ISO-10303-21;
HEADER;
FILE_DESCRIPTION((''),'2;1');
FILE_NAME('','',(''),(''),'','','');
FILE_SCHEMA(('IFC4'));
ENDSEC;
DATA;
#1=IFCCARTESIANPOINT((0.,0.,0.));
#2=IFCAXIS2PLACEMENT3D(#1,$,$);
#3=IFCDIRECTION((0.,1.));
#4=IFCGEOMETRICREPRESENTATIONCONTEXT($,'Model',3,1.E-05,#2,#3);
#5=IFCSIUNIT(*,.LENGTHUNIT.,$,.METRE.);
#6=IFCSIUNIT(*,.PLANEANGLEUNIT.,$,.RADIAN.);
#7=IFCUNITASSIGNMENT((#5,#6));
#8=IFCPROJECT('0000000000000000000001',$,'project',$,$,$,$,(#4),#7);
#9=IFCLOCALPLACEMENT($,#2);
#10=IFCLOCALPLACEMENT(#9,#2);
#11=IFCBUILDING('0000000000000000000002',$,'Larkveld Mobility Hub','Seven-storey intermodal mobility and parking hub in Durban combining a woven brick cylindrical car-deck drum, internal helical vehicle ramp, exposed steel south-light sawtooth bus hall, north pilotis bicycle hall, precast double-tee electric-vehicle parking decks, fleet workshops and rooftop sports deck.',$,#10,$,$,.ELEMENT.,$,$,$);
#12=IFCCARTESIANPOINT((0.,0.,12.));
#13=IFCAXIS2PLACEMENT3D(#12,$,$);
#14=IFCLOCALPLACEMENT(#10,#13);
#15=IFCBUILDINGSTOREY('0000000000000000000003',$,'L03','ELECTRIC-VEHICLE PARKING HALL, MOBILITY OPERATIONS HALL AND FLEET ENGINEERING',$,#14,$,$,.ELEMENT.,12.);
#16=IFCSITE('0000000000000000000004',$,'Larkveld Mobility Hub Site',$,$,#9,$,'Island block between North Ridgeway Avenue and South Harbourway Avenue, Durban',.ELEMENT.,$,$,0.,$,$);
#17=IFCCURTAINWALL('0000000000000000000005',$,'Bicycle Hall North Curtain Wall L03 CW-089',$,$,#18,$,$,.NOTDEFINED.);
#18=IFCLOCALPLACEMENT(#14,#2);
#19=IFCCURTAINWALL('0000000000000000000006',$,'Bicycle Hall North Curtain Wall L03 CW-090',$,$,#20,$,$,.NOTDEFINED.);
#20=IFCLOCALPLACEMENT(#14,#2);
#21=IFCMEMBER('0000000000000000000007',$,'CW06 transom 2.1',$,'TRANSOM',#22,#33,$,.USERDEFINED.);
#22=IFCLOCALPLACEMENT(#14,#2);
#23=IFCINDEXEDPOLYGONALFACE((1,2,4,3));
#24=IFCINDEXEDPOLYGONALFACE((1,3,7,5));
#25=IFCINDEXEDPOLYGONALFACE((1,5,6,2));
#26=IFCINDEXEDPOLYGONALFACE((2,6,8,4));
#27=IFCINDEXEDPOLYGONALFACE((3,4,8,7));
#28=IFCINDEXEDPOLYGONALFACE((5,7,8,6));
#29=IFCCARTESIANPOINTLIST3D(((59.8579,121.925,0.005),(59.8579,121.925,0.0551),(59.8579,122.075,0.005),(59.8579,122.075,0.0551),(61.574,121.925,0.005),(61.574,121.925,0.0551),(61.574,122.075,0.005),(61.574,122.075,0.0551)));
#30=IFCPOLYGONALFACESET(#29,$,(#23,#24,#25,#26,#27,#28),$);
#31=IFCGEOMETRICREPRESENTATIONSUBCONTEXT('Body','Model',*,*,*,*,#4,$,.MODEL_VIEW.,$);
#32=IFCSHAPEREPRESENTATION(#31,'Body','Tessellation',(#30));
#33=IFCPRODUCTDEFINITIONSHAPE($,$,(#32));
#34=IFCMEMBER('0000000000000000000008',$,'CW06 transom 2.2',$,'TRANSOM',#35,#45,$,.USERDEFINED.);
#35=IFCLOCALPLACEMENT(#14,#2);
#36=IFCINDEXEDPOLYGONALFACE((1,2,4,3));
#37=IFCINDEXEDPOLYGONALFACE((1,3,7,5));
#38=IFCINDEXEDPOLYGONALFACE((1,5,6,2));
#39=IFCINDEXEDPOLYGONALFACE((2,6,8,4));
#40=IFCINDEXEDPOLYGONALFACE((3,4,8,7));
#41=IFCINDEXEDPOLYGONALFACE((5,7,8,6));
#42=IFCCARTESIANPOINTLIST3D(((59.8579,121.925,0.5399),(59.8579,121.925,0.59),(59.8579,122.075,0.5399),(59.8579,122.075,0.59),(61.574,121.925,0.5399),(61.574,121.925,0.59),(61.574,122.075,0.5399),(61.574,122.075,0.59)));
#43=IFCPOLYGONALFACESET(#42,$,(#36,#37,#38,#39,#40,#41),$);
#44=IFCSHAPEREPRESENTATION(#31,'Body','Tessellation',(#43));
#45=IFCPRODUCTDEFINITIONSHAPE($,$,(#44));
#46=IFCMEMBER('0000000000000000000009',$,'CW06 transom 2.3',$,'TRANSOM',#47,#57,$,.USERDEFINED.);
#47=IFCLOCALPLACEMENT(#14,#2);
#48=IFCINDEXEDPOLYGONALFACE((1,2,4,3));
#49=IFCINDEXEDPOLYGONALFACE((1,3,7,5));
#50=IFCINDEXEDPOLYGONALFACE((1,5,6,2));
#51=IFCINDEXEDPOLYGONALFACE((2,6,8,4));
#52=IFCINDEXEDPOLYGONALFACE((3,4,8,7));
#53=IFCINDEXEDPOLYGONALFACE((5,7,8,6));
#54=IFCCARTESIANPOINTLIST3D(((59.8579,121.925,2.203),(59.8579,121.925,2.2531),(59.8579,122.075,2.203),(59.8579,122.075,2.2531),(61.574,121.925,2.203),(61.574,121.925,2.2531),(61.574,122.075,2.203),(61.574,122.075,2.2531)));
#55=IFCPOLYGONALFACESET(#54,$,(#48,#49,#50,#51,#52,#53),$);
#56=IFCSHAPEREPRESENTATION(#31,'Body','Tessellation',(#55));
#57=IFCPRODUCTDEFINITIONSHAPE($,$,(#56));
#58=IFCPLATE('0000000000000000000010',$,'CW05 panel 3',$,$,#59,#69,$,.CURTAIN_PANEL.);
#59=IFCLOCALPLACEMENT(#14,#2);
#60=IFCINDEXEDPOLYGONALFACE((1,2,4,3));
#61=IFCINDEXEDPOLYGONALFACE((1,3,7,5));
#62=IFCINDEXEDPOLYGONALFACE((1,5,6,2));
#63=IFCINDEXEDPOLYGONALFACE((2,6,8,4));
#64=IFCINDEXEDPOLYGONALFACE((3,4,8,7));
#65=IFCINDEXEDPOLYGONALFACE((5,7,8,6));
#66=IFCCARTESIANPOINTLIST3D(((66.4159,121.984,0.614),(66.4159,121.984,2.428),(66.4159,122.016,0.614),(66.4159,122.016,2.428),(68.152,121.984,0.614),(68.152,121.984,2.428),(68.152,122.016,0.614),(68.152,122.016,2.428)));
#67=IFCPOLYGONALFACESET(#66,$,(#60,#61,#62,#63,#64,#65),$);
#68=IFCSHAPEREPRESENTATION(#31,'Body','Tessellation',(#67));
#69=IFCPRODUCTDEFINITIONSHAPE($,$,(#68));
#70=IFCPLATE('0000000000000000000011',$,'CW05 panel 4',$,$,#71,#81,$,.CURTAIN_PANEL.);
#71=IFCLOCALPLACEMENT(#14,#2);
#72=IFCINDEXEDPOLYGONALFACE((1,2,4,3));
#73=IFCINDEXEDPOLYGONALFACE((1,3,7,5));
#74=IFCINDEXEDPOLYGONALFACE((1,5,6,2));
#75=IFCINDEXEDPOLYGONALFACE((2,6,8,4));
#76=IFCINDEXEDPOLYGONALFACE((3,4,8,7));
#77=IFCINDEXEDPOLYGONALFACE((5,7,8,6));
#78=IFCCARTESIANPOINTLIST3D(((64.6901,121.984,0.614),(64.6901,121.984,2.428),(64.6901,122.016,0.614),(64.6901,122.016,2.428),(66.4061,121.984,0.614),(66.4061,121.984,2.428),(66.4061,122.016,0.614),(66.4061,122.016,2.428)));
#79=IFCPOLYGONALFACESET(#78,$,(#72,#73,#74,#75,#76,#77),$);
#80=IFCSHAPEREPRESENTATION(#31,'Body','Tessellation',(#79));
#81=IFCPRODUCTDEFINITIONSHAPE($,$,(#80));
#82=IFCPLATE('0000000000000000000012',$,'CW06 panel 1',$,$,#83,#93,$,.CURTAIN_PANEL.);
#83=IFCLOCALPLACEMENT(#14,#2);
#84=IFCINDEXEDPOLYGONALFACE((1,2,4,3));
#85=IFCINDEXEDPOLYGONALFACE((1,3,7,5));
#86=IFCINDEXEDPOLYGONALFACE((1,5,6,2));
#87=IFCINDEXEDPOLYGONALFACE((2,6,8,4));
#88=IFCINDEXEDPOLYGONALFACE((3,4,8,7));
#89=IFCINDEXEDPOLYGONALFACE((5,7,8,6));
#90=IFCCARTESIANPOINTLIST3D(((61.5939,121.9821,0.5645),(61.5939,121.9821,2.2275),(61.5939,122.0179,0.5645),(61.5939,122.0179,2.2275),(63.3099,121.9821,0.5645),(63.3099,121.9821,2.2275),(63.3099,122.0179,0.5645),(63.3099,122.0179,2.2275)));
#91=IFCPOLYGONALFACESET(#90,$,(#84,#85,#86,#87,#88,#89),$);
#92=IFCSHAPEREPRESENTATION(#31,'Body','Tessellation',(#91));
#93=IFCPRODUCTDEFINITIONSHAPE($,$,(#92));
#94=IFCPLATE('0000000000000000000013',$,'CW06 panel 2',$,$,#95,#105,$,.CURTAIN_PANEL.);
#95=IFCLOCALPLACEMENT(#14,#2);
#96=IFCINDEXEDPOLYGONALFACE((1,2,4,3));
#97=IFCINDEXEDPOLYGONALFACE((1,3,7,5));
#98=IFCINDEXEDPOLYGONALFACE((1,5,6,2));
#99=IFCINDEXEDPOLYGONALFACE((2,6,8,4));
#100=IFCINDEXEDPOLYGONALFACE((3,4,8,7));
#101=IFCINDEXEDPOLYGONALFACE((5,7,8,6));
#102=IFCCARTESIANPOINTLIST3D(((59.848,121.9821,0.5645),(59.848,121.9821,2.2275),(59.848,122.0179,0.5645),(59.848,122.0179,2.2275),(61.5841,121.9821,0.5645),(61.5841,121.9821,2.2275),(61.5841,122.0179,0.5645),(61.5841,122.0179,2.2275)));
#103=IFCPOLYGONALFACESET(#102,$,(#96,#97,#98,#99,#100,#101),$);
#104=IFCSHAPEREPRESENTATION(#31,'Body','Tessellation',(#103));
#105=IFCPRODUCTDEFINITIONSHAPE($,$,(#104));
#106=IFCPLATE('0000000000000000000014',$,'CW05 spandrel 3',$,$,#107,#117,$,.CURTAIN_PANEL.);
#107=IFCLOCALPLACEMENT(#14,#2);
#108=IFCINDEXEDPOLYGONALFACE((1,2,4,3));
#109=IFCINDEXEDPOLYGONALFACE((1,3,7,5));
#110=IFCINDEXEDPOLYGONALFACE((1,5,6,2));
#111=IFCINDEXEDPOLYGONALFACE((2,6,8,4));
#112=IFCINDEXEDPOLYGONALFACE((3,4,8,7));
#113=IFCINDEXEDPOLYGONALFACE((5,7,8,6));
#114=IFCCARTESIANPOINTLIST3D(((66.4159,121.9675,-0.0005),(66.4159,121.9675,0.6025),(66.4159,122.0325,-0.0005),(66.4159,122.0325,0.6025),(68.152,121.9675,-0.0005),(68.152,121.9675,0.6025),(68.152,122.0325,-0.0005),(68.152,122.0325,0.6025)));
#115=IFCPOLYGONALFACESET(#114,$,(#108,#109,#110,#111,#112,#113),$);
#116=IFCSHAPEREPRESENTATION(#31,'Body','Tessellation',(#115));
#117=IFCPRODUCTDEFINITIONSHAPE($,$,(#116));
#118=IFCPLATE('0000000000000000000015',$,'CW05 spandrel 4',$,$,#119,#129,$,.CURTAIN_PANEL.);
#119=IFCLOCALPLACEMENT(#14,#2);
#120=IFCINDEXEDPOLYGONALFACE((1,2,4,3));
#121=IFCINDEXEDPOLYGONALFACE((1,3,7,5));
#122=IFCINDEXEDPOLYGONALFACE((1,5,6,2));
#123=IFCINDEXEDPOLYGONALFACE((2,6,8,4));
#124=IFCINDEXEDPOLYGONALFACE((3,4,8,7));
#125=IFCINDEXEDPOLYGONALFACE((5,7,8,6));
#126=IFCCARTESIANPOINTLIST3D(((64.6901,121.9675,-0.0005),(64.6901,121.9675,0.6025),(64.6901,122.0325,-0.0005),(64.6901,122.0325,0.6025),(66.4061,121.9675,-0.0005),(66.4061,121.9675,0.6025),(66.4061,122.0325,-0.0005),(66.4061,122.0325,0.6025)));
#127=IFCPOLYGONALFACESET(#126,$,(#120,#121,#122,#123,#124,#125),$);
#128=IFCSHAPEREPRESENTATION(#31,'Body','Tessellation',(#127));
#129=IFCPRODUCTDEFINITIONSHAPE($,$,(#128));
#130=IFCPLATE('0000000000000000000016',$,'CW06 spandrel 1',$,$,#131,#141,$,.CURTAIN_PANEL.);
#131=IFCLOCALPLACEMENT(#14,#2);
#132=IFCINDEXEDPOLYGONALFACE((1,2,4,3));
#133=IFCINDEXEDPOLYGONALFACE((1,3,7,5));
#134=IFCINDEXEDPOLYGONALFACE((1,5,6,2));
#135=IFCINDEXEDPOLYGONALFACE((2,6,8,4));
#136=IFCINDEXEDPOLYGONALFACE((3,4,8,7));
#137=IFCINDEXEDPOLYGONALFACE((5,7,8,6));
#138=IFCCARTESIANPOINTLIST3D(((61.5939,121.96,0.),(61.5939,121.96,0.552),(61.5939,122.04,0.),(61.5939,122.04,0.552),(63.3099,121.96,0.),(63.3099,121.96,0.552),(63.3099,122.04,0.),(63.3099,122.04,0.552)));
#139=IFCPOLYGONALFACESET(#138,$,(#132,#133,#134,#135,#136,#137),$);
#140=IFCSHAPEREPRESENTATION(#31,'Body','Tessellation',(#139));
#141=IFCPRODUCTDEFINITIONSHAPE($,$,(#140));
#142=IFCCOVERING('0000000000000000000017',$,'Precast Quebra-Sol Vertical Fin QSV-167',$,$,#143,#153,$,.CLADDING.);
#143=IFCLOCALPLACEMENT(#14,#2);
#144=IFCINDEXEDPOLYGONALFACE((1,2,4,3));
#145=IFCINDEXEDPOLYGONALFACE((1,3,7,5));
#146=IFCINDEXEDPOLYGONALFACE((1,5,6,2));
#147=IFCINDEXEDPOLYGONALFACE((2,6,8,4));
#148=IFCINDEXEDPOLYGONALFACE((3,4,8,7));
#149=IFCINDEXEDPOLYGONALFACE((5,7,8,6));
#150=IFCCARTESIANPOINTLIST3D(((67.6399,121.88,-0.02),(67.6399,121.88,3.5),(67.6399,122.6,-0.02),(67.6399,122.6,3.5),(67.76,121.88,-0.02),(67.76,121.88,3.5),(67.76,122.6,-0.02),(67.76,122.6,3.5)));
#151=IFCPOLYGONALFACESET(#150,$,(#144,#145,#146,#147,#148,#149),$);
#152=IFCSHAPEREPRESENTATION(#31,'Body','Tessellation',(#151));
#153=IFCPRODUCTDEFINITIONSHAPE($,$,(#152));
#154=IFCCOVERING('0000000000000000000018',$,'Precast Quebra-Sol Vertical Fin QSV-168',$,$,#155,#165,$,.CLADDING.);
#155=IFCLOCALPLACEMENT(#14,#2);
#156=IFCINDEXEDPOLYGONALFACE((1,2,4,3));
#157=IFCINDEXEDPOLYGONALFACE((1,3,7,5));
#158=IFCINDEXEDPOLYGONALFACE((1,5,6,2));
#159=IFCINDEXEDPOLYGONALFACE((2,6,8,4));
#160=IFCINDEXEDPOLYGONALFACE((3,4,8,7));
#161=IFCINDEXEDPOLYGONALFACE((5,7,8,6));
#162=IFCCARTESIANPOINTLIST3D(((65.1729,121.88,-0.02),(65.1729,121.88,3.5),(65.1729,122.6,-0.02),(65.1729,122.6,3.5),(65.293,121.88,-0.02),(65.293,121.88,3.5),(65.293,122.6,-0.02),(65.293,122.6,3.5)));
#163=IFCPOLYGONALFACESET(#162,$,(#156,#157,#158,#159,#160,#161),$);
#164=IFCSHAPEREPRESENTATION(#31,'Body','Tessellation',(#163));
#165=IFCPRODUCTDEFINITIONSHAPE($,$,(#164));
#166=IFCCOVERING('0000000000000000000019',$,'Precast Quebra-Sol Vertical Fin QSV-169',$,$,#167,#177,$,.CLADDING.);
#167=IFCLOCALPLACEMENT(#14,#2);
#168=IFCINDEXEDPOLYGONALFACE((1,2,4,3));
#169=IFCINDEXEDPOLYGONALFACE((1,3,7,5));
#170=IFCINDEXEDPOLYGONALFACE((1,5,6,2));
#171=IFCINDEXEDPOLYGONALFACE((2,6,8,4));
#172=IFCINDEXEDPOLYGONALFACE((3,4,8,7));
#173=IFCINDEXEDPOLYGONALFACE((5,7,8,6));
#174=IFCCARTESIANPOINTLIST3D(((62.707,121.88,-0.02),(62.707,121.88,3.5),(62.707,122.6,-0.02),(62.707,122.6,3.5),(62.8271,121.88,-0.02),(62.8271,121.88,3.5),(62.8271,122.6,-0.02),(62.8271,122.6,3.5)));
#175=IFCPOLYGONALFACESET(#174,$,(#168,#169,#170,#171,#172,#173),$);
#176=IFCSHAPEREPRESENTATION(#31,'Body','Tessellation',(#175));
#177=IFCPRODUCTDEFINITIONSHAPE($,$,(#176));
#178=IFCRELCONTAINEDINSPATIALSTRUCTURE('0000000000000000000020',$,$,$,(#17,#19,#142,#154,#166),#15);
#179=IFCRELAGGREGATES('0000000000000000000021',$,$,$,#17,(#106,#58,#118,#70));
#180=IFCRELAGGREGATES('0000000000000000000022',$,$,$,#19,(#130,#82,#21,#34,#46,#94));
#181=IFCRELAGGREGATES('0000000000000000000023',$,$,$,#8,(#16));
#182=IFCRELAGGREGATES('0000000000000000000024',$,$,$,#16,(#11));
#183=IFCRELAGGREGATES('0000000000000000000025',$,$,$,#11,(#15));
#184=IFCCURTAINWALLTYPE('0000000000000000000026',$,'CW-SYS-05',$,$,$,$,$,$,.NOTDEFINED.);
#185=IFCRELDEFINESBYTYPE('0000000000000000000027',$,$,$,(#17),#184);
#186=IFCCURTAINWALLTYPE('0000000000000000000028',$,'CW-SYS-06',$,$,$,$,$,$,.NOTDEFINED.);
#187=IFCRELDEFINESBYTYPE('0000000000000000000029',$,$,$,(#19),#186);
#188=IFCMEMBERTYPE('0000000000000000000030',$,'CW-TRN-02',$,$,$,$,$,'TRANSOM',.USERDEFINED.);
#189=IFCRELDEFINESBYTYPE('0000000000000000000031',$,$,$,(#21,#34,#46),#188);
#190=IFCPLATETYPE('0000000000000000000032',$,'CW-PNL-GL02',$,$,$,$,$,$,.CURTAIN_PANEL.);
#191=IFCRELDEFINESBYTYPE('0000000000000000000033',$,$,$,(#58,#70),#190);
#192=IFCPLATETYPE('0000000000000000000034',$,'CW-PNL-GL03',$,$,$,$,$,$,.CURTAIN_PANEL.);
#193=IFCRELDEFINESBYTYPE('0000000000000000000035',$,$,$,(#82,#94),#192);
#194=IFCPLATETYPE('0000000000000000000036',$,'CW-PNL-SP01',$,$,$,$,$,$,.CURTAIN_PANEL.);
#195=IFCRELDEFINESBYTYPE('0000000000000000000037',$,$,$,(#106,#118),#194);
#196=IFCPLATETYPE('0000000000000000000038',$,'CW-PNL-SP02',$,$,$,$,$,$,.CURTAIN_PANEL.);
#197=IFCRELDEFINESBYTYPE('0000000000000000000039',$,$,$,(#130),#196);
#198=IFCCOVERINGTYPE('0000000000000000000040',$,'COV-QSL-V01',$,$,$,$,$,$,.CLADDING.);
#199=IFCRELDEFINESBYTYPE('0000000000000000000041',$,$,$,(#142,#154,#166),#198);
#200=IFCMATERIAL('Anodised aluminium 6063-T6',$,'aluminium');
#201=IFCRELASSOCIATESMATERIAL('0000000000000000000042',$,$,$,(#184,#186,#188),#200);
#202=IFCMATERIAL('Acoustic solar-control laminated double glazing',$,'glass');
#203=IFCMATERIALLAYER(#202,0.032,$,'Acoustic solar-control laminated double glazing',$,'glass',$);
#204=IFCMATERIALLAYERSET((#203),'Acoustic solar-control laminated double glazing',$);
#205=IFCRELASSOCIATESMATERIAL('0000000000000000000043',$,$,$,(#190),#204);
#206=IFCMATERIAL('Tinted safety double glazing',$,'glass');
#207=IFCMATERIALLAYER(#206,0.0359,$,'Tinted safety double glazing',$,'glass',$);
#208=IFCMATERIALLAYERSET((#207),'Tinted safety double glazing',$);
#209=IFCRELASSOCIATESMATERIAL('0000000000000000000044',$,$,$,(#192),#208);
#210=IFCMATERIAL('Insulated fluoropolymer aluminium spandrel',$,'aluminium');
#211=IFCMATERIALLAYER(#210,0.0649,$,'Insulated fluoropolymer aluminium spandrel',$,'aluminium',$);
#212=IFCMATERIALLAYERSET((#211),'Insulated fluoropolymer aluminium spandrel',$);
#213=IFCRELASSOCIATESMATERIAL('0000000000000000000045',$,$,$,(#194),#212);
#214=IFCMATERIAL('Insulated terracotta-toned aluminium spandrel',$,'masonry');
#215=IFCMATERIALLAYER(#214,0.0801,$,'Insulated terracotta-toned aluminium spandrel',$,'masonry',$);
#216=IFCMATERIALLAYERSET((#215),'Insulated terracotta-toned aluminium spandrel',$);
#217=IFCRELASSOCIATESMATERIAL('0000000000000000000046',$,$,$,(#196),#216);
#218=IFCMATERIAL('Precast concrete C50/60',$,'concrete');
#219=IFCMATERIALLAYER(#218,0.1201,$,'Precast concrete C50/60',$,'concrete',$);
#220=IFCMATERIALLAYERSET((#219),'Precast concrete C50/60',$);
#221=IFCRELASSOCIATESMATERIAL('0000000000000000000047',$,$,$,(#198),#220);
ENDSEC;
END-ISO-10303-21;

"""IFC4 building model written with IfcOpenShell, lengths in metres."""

from ifc_helpers import new_model, si_unit, direction, frame, origin, origin_2d, place, context, subcontext, project, spatial, rectangle, extrude, material, layer, layer_set, material_profile, profile_set, type_object, element, aggregate, save


model = new_model("IFC4")

# Units and contexts
model_context = context("Model", 3, precision=1e-05, world=origin(), true_north=direction((0.0, 1.0)))
body_context = subcontext(model_context, "Body", "Model", "MODEL_VIEW")
ifc_project = project(units=[si_unit("LENGTHUNIT", "METRE"), si_unit("PLANEANGLEUNIT", "RADIAN")], contexts=[model_context])

# Site, building, storey
site_placement = place(None, origin())
site = spatial("IfcSite", under=ifc_project, at=site_placement, Name="Larkveld Mobility Hub Site", LongName="Island block between North Ridgeway Avenue and South Harbourway Avenue, Durban", CompositionType="ELEMENT", RefElevation=0.0)
building_placement = place(site_placement, origin())
building = spatial("IfcBuilding", under=site, at=building_placement, Name="Larkveld Mobility Hub", Description="Seven-storey intermodal mobility and parking hub in Durban combining a woven brick cylindrical car-deck drum, internal helical vehicle ramp, exposed steel south-light sawtooth bus hall, north pilotis bicycle hall, precast double-tee electric-vehicle parking decks, fleet workshops and rooftop sports deck.", CompositionType="ELEMENT")
storey_placement = place(building_placement, frame((0.0, 0.0, 12.0)))
storey = spatial("IfcBuildingStorey", under=building, at=storey_placement, Name="L03", Description="ELECTRIC-VEHICLE PARKING HALL, MOBILITY OPERATIONS HALL AND FLEET ENGINEERING", CompositionType="ELEMENT", Elevation=12.0)

# Curtain walls
ifc_material_1 = material(Name="Anodised aluminium 6063-T6", Category="aluminium")
curtain_wall_type_1 = type_object("IfcCurtainWallType", Name="CW-SYS-05", PredefinedType="NOTDEFINED", material=ifc_material_1)
curtain_wall_1_placement = place(storey_placement, origin())
curtain_wall_1 = element("IfcCurtainWall", 1, at=curtain_wall_1_placement, inside=storey, type_object=curtain_wall_type_1, Name="Bicycle Hall North Curtain Wall L03 CW-089", PredefinedType="NOTDEFINED")
curtain_wall_type_2 = type_object("IfcCurtainWallType", Name="CW-SYS-06", PredefinedType="NOTDEFINED", material=ifc_material_1)
curtain_wall_2_placement = place(storey_placement, origin())
curtain_wall_2 = element("IfcCurtainWall", 2, at=curtain_wall_2_placement, inside=storey, type_object=curtain_wall_type_2, Name="Bicycle Hall North Curtain Wall L03 CW-090", PredefinedType="NOTDEFINED")

# Members
ifc_material_profile_1 = material_profile(ifc_material_1, rectangle(XDim=0.1499, YDim=0.05, at=origin_2d()), Name="ALU TRAN 50x150")
ifc_profile_set_1 = profile_set([ifc_material_profile_1], Name="Anodised aluminium 6063-T6")
member_type_1 = type_object("IfcMemberType", Name="CW-TRN-02", ElementType="TRANSOM", PredefinedType="USERDEFINED", material=ifc_profile_set_1)
member_1_placement = place(storey_placement, frame((61.574, 122.0, 0.03), z_axis=(-1.0, 0.0, 0.0), x_axis=(0.0, -1.0, 0.0)))
member_1 = element("IfcMember", 3, at=member_1_placement, type_object=member_type_1, Name="CW06 transom 2.1", ObjectType="TRANSOM", PredefinedType="USERDEFINED", context=body_context, shape_type="SweptSolid", body=[
    extrude(rectangle(XDim=0.1499, YDim=0.05, at=origin_2d()), origin(), (0.0, 0.0, 1.0), 1.7161),
])
member_2_placement = place(storey_placement, frame((61.574, 122.0, 0.5649), z_axis=(-1.0, 0.0, 0.0), x_axis=(0.0, -1.0, 0.0)))
member_2 = element("IfcMember", 4, at=member_2_placement, type_object=member_type_1, Name="CW06 transom 2.2", ObjectType="TRANSOM", PredefinedType="USERDEFINED", context=body_context, shape_type="SweptSolid", body=[
    extrude(rectangle(XDim=0.1499, YDim=0.05, at=origin_2d()), origin(), (0.0, 0.0, 1.0), 1.7161),
])
member_3_placement = place(storey_placement, frame((61.574, 122.0, 2.228), z_axis=(-1.0, 0.0, 0.0), x_axis=(0.0, -1.0, 0.0)))
member_3 = element("IfcMember", 5, at=member_3_placement, type_object=member_type_1, Name="CW06 transom 2.3", ObjectType="TRANSOM", PredefinedType="USERDEFINED", context=body_context, shape_type="SweptSolid", body=[
    extrude(rectangle(XDim=0.1499, YDim=0.05, at=origin_2d()), origin(), (0.0, 0.0, 1.0), 1.7161),
])

# Plates
ifc_material_2 = material(Name="Acoustic solar-control laminated double glazing", Category="glass")
ifc_layer_1 = layer(ifc_material_2, 0.032, Name="Acoustic solar-control laminated double glazing", Category="glass")
ifc_layer_set_1 = layer_set([ifc_layer_1], Name="Acoustic solar-control laminated double glazing")
plate_type_1 = type_object("IfcPlateType", Name="CW-PNL-GL02", PredefinedType="CURTAIN_PANEL", material=ifc_layer_set_1)
plate_1_placement = place(storey_placement, frame((67.2839, 122.0, 0.614), z_axis=(0.0, 0.0, 1.0), x_axis=(-1.0, 0.0, 0.0)))
plate_1 = element("IfcPlate", 6, at=plate_1_placement, type_object=plate_type_1, Name="CW05 panel 3", PredefinedType="CURTAIN_PANEL", context=body_context, shape_type="SweptSolid", body=[
    extrude(rectangle(XDim=1.7361, YDim=0.032, at=origin_2d()), origin(), (0.0, 0.0, 1.0), 1.814),
])
plate_2_placement = place(storey_placement, frame((65.5481, 122.0, 0.614), z_axis=(0.0, 0.0, 1.0), x_axis=(-1.0, 0.0, 0.0)))
plate_2 = element("IfcPlate", 7, at=plate_2_placement, type_object=plate_type_1, Name="CW05 panel 4", PredefinedType="CURTAIN_PANEL", context=body_context, shape_type="SweptSolid", body=[
    extrude(rectangle(XDim=1.7161, YDim=0.032, at=origin_2d()), origin(), (0.0, 0.0, 1.0), 1.814),
])
ifc_material_3 = material(Name="Tinted safety double glazing", Category="glass")
ifc_layer_2 = layer(ifc_material_3, 0.0359, Name="Tinted safety double glazing", Category="glass")
ifc_layer_set_2 = layer_set([ifc_layer_2], Name="Tinted safety double glazing")
plate_type_2 = type_object("IfcPlateType", Name="CW-PNL-GL03", PredefinedType="CURTAIN_PANEL", material=ifc_layer_set_2)
plate_3_placement = place(storey_placement, frame((62.4519, 122.0, 0.5645), z_axis=(0.0, 0.0, 1.0), x_axis=(-1.0, 0.0, 0.0)))
plate_3 = element("IfcPlate", 8, at=plate_3_placement, type_object=plate_type_2, Name="CW06 panel 1", PredefinedType="CURTAIN_PANEL", context=body_context, shape_type="SweptSolid", body=[
    extrude(rectangle(XDim=1.7161, YDim=0.0359, at=origin_2d()), origin(), (0.0, 0.0, 1.0), 1.6631),
])
plate_4_placement = place(storey_placement, frame((60.7161, 122.0, 0.5645), z_axis=(0.0, 0.0, 1.0), x_axis=(-1.0, 0.0, 0.0)))
plate_4 = element("IfcPlate", 9, at=plate_4_placement, type_object=plate_type_2, Name="CW06 panel 2", PredefinedType="CURTAIN_PANEL", context=body_context, shape_type="SweptSolid", body=[
    extrude(rectangle(XDim=1.7361, YDim=0.0359, at=origin_2d()), origin(), (0.0, 0.0, 1.0), 1.6631),
])
ifc_material_4 = material(Name="Insulated fluoropolymer aluminium spandrel", Category="aluminium")
ifc_layer_3 = layer(ifc_material_4, 0.0649, Name="Insulated fluoropolymer aluminium spandrel", Category="aluminium")
ifc_layer_set_3 = layer_set([ifc_layer_3], Name="Insulated fluoropolymer aluminium spandrel")
plate_type_3 = type_object("IfcPlateType", Name="CW-PNL-SP01", PredefinedType="CURTAIN_PANEL", material=ifc_layer_set_3)
plate_5_placement = place(storey_placement, frame((67.2839, 122.0, -0.0005), z_axis=(0.0, 0.0, 1.0), x_axis=(-1.0, 0.0, 0.0)))
plate_5 = element("IfcPlate", 10, at=plate_5_placement, type_object=plate_type_3, Name="CW05 spandrel 3", PredefinedType="CURTAIN_PANEL", context=body_context, shape_type="SweptSolid", body=[
    extrude(rectangle(XDim=1.7361, YDim=0.0649, at=origin_2d()), origin(), (0.0, 0.0, 1.0), 0.603),
])
plate_6_placement = place(storey_placement, frame((65.5481, 122.0, -0.0005), z_axis=(0.0, 0.0, 1.0), x_axis=(-1.0, 0.0, 0.0)))
plate_6 = element("IfcPlate", 11, at=plate_6_placement, type_object=plate_type_3, Name="CW05 spandrel 4", PredefinedType="CURTAIN_PANEL", context=body_context, shape_type="SweptSolid", body=[
    extrude(rectangle(XDim=1.7161, YDim=0.0649, at=origin_2d()), origin(), (0.0, 0.0, 1.0), 0.603),
])
aggregate(curtain_wall_1, [plate_5, plate_1, plate_6, plate_2])
ifc_material_5 = material(Name="Insulated terracotta-toned aluminium spandrel", Category="masonry")
ifc_layer_4 = layer(ifc_material_5, 0.0801, Name="Insulated terracotta-toned aluminium spandrel", Category="masonry")
ifc_layer_set_4 = layer_set([ifc_layer_4], Name="Insulated terracotta-toned aluminium spandrel")
plate_type_4 = type_object("IfcPlateType", Name="CW-PNL-SP02", PredefinedType="CURTAIN_PANEL", material=ifc_layer_set_4)
plate_7_placement = place(storey_placement, frame((62.4519, 122.0, 0.0), z_axis=(0.0, 0.0, 1.0), x_axis=(-1.0, 0.0, 0.0)))
plate_7 = element("IfcPlate", 12, at=plate_7_placement, type_object=plate_type_4, Name="CW06 spandrel 1", PredefinedType="CURTAIN_PANEL", context=body_context, shape_type="SweptSolid", body=[
    extrude(rectangle(XDim=1.7161, YDim=0.0801, at=origin_2d()), origin(), (0.0, 0.0, 1.0), 0.552),
])
aggregate(curtain_wall_2, [plate_7, plate_3, member_1, member_2, member_3, plate_4])

# Coverings
ifc_material_6 = material(Name="Precast concrete C50/60", Category="concrete")
ifc_layer_5 = layer(ifc_material_6, 0.1201, Name="Precast concrete C50/60", Category="concrete")
ifc_layer_set_5 = layer_set([ifc_layer_5], Name="Precast concrete C50/60")
covering_type = type_object("IfcCoveringType", Name="COV-QSL-V01", PredefinedType="CLADDING", material=ifc_layer_set_5)
for number, where, z_axis, x_axis, name in (
    (13, (67.7, 122.24, -0.02), (0.0, 0.0, 1.0), (-1.0, 0.0, 0.0), "Precast Quebra-Sol Vertical Fin QSV-167"),
    (14, (65.2329, 122.24, -0.02), (0.0, 0.0, 1.0), (-1.0, 0.0, 0.0), "Precast Quebra-Sol Vertical Fin QSV-168"),
    (15, (62.7671, 122.24, -0.02), (0.0, 0.0, 1.0), (-1.0, 0.0, 0.0), "Precast Quebra-Sol Vertical Fin QSV-169"),
):
    element("IfcCovering", number, at=place(storey_placement, frame(where, z_axis=z_axis, x_axis=x_axis)), inside=storey, type_object=covering_type, Name=name, PredefinedType="CLADDING", context=body_context, shape_type="SweptSolid", body=[
        extrude(rectangle(XDim=0.1201, YDim=0.72, at=origin_2d()), origin(), (0.0, 0.0, 1.0), 3.52),
    ])

save(model, "model.ifc")
